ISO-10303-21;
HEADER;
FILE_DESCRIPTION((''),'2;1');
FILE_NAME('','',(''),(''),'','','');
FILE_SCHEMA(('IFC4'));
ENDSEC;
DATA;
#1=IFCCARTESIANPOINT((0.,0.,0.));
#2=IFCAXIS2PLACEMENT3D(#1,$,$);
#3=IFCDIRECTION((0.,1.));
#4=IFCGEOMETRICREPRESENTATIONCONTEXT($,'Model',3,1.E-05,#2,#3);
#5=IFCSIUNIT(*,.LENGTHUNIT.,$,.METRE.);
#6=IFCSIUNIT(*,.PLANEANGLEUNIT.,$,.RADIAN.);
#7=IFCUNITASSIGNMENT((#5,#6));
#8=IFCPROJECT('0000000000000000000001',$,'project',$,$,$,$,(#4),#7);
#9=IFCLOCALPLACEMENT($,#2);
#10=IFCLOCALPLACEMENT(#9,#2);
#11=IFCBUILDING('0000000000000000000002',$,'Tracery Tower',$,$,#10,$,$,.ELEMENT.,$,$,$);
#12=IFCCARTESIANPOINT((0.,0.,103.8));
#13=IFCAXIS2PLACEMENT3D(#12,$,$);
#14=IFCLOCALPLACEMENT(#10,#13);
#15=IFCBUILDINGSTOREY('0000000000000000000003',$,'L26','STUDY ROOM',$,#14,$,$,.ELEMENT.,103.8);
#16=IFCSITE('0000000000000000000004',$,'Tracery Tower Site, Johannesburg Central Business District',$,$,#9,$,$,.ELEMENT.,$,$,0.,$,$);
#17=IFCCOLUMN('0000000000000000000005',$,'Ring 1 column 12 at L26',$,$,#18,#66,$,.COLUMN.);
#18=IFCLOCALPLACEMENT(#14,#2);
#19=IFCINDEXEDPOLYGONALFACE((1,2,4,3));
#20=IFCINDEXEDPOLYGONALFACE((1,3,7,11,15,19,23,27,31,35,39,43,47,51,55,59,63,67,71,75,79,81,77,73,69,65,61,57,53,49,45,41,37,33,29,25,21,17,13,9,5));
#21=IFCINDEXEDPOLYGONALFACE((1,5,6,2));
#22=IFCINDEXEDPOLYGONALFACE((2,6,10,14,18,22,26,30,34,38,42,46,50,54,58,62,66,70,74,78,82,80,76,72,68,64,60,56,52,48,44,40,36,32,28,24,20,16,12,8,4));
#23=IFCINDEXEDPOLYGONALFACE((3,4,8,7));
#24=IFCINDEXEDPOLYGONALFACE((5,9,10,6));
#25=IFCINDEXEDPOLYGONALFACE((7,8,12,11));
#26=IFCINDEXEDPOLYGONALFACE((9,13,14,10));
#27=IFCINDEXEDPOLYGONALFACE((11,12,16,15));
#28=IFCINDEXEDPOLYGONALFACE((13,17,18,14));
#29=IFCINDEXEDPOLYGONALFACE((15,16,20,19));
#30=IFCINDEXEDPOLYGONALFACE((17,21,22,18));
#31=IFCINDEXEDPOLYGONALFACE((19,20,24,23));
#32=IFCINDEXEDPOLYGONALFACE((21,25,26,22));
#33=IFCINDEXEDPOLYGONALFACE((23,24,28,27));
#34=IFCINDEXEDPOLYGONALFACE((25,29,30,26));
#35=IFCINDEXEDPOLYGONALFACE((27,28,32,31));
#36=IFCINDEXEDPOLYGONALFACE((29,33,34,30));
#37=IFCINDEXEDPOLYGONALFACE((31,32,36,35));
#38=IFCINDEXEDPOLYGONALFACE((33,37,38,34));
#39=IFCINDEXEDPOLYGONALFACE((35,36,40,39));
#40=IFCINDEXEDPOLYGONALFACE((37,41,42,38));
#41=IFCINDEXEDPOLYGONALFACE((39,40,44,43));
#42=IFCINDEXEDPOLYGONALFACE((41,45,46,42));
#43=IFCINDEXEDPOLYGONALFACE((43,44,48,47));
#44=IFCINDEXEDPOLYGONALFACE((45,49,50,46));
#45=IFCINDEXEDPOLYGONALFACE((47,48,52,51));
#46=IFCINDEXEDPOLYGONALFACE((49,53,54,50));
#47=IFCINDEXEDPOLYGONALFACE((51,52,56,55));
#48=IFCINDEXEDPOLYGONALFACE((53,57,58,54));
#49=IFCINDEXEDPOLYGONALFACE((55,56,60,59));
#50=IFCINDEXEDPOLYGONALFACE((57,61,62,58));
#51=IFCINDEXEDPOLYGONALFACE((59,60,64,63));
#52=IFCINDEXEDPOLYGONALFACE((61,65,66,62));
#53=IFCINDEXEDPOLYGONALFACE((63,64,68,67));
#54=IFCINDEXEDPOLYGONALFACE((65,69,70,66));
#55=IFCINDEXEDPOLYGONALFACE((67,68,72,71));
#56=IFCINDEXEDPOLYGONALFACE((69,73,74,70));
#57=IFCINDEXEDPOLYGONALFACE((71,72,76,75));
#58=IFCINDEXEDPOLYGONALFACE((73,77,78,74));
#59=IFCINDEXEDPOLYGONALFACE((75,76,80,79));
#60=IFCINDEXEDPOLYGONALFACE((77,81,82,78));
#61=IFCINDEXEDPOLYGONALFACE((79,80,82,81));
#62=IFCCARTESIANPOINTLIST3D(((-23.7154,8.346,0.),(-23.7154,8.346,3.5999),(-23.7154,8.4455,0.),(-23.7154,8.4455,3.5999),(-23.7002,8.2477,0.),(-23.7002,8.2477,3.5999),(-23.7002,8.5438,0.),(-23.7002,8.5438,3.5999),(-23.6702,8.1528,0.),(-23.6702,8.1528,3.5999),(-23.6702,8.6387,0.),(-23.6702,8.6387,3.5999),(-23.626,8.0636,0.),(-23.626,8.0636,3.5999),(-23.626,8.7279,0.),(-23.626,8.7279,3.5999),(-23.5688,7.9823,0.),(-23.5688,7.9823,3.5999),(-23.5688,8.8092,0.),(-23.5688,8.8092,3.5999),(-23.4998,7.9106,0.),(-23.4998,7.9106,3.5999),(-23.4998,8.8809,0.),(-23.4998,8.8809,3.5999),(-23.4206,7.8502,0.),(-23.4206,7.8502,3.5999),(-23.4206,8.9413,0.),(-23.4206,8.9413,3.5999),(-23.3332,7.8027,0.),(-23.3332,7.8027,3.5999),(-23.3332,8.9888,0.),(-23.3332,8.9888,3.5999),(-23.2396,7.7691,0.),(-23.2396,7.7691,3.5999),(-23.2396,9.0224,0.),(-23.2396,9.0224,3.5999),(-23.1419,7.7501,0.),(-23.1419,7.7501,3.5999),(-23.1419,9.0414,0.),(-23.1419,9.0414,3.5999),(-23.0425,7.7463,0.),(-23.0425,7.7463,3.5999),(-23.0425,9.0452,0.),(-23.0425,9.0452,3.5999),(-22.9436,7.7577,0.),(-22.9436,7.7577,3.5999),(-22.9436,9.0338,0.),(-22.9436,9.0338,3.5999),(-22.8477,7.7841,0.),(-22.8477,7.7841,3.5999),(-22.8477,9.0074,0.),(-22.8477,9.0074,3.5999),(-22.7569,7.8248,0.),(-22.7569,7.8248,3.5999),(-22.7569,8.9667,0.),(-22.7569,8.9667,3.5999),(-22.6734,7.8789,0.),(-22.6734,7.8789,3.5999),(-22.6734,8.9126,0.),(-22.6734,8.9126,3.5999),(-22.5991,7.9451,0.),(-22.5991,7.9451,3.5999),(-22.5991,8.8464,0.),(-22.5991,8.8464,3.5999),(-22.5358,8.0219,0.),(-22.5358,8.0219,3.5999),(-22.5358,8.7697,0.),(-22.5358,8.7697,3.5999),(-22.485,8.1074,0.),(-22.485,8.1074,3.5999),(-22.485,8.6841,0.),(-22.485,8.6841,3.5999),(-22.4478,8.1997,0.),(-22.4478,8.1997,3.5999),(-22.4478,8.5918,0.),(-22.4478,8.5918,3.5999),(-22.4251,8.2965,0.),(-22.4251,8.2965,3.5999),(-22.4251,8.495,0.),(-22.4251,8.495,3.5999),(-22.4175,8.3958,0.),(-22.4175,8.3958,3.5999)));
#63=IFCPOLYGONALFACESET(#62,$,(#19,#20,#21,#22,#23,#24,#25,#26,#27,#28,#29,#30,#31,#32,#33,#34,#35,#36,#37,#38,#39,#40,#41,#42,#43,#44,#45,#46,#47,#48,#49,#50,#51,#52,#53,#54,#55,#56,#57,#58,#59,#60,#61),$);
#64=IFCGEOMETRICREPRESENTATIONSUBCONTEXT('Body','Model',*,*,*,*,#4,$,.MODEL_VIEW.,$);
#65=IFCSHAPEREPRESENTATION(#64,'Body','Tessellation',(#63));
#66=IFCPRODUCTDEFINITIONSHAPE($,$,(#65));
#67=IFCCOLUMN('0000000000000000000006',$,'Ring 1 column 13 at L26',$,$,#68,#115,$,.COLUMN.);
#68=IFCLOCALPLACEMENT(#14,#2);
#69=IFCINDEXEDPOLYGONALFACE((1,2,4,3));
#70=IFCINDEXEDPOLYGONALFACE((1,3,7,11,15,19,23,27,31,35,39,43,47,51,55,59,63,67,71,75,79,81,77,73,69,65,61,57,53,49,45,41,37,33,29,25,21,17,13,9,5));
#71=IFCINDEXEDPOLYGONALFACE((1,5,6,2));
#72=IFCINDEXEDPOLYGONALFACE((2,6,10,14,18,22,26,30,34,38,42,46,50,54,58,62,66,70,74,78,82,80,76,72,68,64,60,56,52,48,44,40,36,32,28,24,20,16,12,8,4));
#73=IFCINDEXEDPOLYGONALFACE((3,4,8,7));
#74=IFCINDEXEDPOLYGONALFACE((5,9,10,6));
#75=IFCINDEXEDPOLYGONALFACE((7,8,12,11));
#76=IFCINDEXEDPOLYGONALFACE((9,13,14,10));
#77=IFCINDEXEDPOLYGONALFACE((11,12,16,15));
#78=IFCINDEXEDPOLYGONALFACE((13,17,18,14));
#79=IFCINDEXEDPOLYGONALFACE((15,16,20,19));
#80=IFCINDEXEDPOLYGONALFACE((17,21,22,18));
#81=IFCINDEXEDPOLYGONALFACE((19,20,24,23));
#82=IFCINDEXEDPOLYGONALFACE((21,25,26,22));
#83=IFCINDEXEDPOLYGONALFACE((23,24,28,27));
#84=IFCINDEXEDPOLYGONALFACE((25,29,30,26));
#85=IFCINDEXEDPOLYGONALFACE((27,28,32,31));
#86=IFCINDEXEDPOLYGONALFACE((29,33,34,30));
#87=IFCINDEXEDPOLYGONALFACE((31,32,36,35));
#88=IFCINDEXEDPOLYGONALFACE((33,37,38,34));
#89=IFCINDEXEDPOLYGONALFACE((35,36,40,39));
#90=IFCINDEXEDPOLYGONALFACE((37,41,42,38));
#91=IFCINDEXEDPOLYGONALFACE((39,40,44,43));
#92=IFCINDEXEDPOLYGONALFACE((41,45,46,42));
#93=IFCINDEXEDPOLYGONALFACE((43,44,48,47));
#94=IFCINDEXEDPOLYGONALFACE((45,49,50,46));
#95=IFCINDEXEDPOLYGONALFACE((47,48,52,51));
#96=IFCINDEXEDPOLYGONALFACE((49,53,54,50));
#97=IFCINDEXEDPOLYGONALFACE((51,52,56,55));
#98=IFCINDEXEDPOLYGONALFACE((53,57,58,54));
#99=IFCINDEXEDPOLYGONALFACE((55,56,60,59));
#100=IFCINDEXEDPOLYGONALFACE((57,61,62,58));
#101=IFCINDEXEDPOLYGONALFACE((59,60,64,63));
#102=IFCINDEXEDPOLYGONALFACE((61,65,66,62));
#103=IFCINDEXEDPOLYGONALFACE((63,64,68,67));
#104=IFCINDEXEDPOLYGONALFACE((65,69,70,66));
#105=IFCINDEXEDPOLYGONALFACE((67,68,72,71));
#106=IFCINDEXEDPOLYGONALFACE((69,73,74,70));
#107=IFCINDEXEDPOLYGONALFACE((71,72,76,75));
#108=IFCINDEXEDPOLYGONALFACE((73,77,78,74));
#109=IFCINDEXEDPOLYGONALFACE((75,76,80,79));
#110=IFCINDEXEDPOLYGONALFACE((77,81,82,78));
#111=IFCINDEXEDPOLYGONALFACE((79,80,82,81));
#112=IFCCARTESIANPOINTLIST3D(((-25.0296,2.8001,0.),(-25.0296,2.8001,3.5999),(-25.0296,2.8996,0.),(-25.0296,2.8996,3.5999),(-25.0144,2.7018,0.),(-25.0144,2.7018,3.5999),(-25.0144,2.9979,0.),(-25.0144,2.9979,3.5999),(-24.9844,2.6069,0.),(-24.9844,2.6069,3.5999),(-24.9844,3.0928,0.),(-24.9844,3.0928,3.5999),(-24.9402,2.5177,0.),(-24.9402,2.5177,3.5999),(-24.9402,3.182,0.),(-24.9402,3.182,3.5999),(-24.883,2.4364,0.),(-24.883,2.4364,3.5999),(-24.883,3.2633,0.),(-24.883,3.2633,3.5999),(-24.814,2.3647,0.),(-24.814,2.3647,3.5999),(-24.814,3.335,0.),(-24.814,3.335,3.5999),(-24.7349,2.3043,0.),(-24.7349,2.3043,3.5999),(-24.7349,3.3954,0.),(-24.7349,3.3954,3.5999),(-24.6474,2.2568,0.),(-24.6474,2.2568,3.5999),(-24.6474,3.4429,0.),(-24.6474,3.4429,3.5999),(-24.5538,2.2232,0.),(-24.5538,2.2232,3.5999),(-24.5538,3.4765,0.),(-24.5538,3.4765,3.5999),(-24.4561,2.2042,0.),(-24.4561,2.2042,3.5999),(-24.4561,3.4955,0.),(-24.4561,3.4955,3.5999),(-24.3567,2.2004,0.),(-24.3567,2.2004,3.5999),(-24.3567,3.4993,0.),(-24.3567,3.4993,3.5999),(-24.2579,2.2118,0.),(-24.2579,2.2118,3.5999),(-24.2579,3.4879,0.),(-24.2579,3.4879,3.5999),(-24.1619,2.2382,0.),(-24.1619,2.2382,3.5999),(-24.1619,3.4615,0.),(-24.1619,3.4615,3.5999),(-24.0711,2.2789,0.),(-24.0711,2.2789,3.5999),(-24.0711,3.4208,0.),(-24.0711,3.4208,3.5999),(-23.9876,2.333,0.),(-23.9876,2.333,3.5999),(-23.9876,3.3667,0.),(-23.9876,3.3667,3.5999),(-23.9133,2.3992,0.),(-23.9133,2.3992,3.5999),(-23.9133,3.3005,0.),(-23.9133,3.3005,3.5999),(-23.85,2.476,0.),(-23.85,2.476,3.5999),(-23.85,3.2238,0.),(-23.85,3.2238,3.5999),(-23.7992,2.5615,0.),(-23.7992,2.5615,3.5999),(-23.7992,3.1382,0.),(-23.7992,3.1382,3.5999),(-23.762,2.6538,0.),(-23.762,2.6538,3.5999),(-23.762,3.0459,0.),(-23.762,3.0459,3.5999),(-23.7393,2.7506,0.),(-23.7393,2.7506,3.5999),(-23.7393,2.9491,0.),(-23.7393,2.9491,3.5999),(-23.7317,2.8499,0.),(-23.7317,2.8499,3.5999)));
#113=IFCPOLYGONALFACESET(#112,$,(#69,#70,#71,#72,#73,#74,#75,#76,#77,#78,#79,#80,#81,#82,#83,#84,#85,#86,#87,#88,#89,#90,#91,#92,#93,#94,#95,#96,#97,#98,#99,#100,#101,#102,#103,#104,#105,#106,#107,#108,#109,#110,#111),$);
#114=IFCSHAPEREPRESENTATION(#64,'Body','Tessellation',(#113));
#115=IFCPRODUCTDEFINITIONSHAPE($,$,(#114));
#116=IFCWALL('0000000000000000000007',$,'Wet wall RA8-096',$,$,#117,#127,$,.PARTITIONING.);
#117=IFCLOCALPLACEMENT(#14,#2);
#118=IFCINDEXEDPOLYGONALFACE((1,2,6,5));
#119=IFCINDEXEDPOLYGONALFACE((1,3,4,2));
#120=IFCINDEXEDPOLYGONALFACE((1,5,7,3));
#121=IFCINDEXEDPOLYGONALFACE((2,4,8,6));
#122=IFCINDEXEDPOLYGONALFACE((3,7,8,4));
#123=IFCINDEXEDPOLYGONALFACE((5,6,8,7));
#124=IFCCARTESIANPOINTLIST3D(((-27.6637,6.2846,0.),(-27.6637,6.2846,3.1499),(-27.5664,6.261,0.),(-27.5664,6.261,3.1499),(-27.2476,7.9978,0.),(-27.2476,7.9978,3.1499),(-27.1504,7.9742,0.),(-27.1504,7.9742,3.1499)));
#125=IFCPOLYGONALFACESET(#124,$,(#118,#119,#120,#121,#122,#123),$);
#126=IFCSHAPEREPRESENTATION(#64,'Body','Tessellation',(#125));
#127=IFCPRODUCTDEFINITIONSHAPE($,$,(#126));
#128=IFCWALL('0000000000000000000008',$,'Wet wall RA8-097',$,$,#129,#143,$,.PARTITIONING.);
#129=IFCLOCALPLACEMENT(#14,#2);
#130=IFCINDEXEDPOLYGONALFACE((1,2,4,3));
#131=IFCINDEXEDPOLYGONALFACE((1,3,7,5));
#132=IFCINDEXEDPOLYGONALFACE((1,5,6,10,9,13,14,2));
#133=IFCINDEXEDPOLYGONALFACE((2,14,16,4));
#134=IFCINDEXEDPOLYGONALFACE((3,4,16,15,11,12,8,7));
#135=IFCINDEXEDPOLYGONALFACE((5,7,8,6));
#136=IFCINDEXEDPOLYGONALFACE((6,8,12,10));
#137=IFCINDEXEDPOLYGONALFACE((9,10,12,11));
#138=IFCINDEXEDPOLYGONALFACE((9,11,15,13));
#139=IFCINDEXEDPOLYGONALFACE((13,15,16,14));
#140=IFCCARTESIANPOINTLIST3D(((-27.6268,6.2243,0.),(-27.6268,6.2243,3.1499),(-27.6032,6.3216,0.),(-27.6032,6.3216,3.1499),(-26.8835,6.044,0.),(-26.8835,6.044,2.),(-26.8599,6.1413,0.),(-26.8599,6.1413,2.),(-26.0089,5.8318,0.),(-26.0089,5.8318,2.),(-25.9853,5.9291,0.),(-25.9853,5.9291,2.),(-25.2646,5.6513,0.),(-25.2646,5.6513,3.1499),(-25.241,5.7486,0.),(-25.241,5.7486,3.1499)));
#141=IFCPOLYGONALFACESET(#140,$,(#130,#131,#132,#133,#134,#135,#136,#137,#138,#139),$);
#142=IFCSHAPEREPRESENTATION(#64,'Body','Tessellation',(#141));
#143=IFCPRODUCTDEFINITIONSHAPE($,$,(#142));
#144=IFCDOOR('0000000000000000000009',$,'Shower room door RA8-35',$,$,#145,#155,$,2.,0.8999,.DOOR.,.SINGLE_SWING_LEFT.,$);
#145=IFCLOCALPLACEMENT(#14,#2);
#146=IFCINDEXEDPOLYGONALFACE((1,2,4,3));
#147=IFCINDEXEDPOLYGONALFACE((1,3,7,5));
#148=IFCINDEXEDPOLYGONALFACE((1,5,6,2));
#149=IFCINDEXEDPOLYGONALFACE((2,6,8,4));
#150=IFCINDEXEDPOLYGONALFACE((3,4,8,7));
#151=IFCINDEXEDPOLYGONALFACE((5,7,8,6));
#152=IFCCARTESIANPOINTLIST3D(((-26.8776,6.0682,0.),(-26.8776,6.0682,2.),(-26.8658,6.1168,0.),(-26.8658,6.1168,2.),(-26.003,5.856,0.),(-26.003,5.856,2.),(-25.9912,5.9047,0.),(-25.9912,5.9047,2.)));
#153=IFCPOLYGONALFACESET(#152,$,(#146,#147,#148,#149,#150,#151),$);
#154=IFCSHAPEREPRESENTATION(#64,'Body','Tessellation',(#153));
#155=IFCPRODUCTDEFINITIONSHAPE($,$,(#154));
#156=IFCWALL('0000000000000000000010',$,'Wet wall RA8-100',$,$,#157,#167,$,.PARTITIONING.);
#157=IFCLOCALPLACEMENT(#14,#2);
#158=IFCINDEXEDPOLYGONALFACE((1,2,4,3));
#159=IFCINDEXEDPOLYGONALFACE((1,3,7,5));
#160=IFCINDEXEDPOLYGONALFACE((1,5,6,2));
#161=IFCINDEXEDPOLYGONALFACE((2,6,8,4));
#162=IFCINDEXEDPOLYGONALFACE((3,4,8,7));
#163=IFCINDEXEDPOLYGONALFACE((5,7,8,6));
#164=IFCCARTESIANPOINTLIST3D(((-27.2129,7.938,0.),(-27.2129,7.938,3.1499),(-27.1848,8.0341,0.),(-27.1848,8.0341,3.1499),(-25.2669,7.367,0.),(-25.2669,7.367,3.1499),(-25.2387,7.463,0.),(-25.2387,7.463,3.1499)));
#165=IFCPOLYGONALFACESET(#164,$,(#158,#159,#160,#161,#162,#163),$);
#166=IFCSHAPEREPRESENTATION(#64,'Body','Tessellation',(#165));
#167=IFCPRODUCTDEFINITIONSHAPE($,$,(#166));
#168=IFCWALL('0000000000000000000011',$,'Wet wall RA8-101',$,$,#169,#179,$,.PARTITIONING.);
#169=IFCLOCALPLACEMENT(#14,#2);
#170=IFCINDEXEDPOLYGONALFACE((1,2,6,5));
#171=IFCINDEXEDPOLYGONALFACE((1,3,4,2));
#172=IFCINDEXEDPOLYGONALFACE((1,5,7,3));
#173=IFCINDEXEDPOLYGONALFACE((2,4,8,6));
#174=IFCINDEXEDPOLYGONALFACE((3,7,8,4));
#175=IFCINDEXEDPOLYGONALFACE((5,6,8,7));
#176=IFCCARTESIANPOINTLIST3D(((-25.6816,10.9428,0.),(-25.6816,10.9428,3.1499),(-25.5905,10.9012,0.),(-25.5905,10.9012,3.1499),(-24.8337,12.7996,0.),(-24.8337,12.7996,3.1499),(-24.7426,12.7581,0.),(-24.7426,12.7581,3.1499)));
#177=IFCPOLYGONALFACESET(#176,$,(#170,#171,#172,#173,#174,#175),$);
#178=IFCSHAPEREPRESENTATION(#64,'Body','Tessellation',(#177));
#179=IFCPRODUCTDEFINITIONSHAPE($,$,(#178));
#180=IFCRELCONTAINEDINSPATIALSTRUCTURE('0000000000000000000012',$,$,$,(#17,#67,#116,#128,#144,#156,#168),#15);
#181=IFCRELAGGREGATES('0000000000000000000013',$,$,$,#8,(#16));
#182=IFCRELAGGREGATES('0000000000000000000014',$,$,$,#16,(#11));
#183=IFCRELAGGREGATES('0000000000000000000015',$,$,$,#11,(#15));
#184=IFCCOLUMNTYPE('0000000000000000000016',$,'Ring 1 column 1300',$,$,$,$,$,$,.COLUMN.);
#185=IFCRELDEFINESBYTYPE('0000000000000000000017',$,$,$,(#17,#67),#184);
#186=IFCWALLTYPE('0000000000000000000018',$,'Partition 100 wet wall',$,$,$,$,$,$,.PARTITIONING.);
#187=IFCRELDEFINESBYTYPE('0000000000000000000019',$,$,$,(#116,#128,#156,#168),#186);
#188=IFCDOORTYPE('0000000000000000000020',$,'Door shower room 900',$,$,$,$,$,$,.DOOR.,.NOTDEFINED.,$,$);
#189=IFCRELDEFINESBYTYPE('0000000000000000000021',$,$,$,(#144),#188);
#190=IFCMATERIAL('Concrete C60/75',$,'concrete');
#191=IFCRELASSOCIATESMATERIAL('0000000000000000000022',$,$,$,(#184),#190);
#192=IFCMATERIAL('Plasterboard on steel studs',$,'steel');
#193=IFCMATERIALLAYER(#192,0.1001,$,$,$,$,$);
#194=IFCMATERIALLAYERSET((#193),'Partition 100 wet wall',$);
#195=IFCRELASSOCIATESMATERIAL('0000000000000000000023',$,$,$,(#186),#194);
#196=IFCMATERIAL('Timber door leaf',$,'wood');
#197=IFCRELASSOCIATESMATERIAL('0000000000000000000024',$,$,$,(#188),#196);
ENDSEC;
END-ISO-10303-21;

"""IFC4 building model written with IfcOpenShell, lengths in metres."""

from ifc_helpers import new_model, si_unit, direction, frame, frame_2d, origin, origin_2d, place, context, subcontext, project, spatial, rectangle, circle, extrude, material, layer, layer_set, material_profile, profile_set, type_object, element, fill, save


model = new_model("IFC4")

# Units and contexts
model_context = context("Model", 3, precision=1e-05, world=origin(), true_north=direction((0.0, 1.0)))
body_context = subcontext(model_context, "Body", "Model", "MODEL_VIEW")
ifc_project = project(units=[si_unit("LENGTHUNIT", "METRE"), si_unit("PLANEANGLEUNIT", "RADIAN")], contexts=[model_context])

# Site, building, storey
site_placement = place(None, origin())
site = spatial("IfcSite", under=ifc_project, at=site_placement, Name="Tracery Tower Site, Johannesburg Central Business District", CompositionType="ELEMENT", RefElevation=0.0)
building_placement = place(site_placement, origin())
building = spatial("IfcBuilding", under=site, at=building_placement, Name="Tracery Tower", CompositionType="ELEMENT")
storey_placement = place(building_placement, frame((0.0, 0.0, 103.8)))
storey = spatial("IfcBuildingStorey", under=building, at=storey_placement, Name="L26", Description="STUDY ROOM", CompositionType="ELEMENT", Elevation=103.8)

# Columns
ifc_material_1 = material(Name="Concrete C60/75", Category="concrete")
ifc_material_profile = material_profile(ifc_material_1, circle(Radius=0.6499, at=origin_2d()), Name="RC D1300")
ifc_profile_set = profile_set([ifc_material_profile], Name="Concrete C60/75")
column_type = type_object("IfcColumnType", Name="Ring 1 column 1300", PredefinedType="COLUMN", material=ifc_profile_set)
for number, where, z_axis, x_axis, name in (
    (1, (-23.0674, 8.3958, 0.0), (0.0, 0.0, 1.0), (1.0, 0.0, 0.0), "Ring 1 column 12 at L26"),
    (2, (-24.3816, 2.8499, 0.0), (0.0, 0.0, 1.0), (1.0, 0.0, 0.0), "Ring 1 column 13 at L26"),
):
    element("IfcColumn", number, at=place(storey_placement, frame(where, z_axis=z_axis, x_axis=x_axis)), inside=storey, type_object=column_type, Name=name, PredefinedType="COLUMN", context=body_context, shape_type="SweptSolid", body=[
        extrude(circle(Radius=0.6499, at=origin_2d()), origin(), (0.0, 0.0, 1.0), 3.5999),
    ])

# Wall
ifc_material_2 = material(Name="Plasterboard on steel studs", Category="steel")
ifc_layer_1 = layer(ifc_material_2, 0.1001)
ifc_layer_set_1 = layer_set([ifc_layer_1], Name="Partition 100 wet wall")
wall_type_1 = type_object("IfcWallType", Name="Partition 100 wet wall", PredefinedType="PARTITIONING", material=ifc_layer_set_1)
wall_1_placement = place(storey_placement, frame((-27.615, 6.2729, 0.0), z_axis=(0.0, 0.0, 1.0), x_axis=(0.235981, 0.971758, 0.0)))
element("IfcWall", 3, at=wall_1_placement, inside=storey, type_object=wall_type_1, Name="Wet wall RA8-096", PredefinedType="PARTITIONING", context=body_context, shape_type="SweptSolid", body=[
    extrude(rectangle(XDim=1.7629, YDim=0.1001, at=frame_2d((0.8813, 0.0))), origin(), (0.0, 0.0, 1.0), 3.1499),
])

# Wall, opening, door
wall_2_placement = place(storey_placement, frame((-27.615, 6.2729, 0.0), z_axis=(0.0, 0.0, 1.0), x_axis=(0.971815, -0.235747, 0.0)))
wall_2 = element("IfcWall", 4, at=wall_2_placement, inside=storey, type_object=wall_type_1, Name="Wet wall RA8-097", PredefinedType="PARTITIONING", context=body_context, shape_type="SweptSolid", body=[
    extrude(rectangle(XDim=2.4307, YDim=0.1001, at=frame_2d((1.2153, 0.0))), origin(), (0.0, 0.0, 1.0), 3.1499),
])
opening_1_placement = place(wall_2_placement, frame((0.7649, 0.0, 0.0)))
opening_1 = element("IfcOpeningElement", 5, at=opening_1_placement, cuts=wall_2, PredefinedType="OPENING", context=body_context, shape_type="SweptSolid", body=[
    extrude(rectangle(XDim=0.8999, YDim=2.0, at=frame_2d((0.45, 1.0))), frame((0.0, 0.05, 0.0), z_axis=(0.0, -1.0, 0.0), x_axis=(1.0, 0.0, 0.0)), (0.0, 0.0, 1.0), 0.1001),
])
ifc_material_3 = material(Name="Timber door leaf", Category="wood")
door_type_1 = type_object("IfcDoorType", Name="Door shower room 900", OperationType="NOTDEFINED", PredefinedType="DOOR", material=ifc_material_3)
door_1_placement = place(opening_1_placement, origin())
door_1 = element("IfcDoor", 6, at=door_1_placement, inside=storey, type_object=door_type_1, Name="Shower room door RA8-35", OperationType="SINGLE_SWING_LEFT", OverallHeight=2.0, OverallWidth=0.8999, PredefinedType="DOOR", context=body_context, shape_type="SweptSolid", body=[
    extrude(rectangle(XDim=0.8999, YDim=2.0, at=frame_2d((0.45, 1.0))), frame((0.0, 0.0249, 0.0), z_axis=(0.0, -1.0, 0.0), x_axis=(1.0, 0.0, 0.0)), (0.0, 0.0, 1.0), 0.05),
])
fill(opening_1, door_1)

# Walls
wall_3_placement = place(storey_placement, frame((-27.199, 7.9861, 0.0), z_axis=(0.0, 0.0, 1.0), x_axis=(0.959542, -0.281567, 0.0)))
element("IfcWall", 7, at=wall_3_placement, inside=storey, type_object=wall_type_1, Name="Wet wall RA8-100", PredefinedType="PARTITIONING", context=body_context, shape_type="SweptSolid", body=[
    extrude(rectangle(XDim=2.0281, YDim=0.1001, at=frame_2d((1.0142, 0.0))), origin(), (0.0, 0.0, 1.0), 3.1499),
])
wall_4_placement = place(storey_placement, frame((-25.636, 10.9221, 0.0), z_axis=(0.0, 0.0, 1.0), x_axis=(0.415361, 0.909657, 0.0)))
element("IfcWall", 8, at=wall_4_placement, inside=storey, type_object=wall_type_1, Name="Wet wall RA8-101", PredefinedType="PARTITIONING", context=body_context, shape_type="SweptSolid", body=[
    extrude(rectangle(XDim=2.0413, YDim=0.1001, at=frame_2d((1.0205, 0.0))), origin(), (0.0, 0.0, 1.0), 3.1499),
])

save(model, "model.ifc")
